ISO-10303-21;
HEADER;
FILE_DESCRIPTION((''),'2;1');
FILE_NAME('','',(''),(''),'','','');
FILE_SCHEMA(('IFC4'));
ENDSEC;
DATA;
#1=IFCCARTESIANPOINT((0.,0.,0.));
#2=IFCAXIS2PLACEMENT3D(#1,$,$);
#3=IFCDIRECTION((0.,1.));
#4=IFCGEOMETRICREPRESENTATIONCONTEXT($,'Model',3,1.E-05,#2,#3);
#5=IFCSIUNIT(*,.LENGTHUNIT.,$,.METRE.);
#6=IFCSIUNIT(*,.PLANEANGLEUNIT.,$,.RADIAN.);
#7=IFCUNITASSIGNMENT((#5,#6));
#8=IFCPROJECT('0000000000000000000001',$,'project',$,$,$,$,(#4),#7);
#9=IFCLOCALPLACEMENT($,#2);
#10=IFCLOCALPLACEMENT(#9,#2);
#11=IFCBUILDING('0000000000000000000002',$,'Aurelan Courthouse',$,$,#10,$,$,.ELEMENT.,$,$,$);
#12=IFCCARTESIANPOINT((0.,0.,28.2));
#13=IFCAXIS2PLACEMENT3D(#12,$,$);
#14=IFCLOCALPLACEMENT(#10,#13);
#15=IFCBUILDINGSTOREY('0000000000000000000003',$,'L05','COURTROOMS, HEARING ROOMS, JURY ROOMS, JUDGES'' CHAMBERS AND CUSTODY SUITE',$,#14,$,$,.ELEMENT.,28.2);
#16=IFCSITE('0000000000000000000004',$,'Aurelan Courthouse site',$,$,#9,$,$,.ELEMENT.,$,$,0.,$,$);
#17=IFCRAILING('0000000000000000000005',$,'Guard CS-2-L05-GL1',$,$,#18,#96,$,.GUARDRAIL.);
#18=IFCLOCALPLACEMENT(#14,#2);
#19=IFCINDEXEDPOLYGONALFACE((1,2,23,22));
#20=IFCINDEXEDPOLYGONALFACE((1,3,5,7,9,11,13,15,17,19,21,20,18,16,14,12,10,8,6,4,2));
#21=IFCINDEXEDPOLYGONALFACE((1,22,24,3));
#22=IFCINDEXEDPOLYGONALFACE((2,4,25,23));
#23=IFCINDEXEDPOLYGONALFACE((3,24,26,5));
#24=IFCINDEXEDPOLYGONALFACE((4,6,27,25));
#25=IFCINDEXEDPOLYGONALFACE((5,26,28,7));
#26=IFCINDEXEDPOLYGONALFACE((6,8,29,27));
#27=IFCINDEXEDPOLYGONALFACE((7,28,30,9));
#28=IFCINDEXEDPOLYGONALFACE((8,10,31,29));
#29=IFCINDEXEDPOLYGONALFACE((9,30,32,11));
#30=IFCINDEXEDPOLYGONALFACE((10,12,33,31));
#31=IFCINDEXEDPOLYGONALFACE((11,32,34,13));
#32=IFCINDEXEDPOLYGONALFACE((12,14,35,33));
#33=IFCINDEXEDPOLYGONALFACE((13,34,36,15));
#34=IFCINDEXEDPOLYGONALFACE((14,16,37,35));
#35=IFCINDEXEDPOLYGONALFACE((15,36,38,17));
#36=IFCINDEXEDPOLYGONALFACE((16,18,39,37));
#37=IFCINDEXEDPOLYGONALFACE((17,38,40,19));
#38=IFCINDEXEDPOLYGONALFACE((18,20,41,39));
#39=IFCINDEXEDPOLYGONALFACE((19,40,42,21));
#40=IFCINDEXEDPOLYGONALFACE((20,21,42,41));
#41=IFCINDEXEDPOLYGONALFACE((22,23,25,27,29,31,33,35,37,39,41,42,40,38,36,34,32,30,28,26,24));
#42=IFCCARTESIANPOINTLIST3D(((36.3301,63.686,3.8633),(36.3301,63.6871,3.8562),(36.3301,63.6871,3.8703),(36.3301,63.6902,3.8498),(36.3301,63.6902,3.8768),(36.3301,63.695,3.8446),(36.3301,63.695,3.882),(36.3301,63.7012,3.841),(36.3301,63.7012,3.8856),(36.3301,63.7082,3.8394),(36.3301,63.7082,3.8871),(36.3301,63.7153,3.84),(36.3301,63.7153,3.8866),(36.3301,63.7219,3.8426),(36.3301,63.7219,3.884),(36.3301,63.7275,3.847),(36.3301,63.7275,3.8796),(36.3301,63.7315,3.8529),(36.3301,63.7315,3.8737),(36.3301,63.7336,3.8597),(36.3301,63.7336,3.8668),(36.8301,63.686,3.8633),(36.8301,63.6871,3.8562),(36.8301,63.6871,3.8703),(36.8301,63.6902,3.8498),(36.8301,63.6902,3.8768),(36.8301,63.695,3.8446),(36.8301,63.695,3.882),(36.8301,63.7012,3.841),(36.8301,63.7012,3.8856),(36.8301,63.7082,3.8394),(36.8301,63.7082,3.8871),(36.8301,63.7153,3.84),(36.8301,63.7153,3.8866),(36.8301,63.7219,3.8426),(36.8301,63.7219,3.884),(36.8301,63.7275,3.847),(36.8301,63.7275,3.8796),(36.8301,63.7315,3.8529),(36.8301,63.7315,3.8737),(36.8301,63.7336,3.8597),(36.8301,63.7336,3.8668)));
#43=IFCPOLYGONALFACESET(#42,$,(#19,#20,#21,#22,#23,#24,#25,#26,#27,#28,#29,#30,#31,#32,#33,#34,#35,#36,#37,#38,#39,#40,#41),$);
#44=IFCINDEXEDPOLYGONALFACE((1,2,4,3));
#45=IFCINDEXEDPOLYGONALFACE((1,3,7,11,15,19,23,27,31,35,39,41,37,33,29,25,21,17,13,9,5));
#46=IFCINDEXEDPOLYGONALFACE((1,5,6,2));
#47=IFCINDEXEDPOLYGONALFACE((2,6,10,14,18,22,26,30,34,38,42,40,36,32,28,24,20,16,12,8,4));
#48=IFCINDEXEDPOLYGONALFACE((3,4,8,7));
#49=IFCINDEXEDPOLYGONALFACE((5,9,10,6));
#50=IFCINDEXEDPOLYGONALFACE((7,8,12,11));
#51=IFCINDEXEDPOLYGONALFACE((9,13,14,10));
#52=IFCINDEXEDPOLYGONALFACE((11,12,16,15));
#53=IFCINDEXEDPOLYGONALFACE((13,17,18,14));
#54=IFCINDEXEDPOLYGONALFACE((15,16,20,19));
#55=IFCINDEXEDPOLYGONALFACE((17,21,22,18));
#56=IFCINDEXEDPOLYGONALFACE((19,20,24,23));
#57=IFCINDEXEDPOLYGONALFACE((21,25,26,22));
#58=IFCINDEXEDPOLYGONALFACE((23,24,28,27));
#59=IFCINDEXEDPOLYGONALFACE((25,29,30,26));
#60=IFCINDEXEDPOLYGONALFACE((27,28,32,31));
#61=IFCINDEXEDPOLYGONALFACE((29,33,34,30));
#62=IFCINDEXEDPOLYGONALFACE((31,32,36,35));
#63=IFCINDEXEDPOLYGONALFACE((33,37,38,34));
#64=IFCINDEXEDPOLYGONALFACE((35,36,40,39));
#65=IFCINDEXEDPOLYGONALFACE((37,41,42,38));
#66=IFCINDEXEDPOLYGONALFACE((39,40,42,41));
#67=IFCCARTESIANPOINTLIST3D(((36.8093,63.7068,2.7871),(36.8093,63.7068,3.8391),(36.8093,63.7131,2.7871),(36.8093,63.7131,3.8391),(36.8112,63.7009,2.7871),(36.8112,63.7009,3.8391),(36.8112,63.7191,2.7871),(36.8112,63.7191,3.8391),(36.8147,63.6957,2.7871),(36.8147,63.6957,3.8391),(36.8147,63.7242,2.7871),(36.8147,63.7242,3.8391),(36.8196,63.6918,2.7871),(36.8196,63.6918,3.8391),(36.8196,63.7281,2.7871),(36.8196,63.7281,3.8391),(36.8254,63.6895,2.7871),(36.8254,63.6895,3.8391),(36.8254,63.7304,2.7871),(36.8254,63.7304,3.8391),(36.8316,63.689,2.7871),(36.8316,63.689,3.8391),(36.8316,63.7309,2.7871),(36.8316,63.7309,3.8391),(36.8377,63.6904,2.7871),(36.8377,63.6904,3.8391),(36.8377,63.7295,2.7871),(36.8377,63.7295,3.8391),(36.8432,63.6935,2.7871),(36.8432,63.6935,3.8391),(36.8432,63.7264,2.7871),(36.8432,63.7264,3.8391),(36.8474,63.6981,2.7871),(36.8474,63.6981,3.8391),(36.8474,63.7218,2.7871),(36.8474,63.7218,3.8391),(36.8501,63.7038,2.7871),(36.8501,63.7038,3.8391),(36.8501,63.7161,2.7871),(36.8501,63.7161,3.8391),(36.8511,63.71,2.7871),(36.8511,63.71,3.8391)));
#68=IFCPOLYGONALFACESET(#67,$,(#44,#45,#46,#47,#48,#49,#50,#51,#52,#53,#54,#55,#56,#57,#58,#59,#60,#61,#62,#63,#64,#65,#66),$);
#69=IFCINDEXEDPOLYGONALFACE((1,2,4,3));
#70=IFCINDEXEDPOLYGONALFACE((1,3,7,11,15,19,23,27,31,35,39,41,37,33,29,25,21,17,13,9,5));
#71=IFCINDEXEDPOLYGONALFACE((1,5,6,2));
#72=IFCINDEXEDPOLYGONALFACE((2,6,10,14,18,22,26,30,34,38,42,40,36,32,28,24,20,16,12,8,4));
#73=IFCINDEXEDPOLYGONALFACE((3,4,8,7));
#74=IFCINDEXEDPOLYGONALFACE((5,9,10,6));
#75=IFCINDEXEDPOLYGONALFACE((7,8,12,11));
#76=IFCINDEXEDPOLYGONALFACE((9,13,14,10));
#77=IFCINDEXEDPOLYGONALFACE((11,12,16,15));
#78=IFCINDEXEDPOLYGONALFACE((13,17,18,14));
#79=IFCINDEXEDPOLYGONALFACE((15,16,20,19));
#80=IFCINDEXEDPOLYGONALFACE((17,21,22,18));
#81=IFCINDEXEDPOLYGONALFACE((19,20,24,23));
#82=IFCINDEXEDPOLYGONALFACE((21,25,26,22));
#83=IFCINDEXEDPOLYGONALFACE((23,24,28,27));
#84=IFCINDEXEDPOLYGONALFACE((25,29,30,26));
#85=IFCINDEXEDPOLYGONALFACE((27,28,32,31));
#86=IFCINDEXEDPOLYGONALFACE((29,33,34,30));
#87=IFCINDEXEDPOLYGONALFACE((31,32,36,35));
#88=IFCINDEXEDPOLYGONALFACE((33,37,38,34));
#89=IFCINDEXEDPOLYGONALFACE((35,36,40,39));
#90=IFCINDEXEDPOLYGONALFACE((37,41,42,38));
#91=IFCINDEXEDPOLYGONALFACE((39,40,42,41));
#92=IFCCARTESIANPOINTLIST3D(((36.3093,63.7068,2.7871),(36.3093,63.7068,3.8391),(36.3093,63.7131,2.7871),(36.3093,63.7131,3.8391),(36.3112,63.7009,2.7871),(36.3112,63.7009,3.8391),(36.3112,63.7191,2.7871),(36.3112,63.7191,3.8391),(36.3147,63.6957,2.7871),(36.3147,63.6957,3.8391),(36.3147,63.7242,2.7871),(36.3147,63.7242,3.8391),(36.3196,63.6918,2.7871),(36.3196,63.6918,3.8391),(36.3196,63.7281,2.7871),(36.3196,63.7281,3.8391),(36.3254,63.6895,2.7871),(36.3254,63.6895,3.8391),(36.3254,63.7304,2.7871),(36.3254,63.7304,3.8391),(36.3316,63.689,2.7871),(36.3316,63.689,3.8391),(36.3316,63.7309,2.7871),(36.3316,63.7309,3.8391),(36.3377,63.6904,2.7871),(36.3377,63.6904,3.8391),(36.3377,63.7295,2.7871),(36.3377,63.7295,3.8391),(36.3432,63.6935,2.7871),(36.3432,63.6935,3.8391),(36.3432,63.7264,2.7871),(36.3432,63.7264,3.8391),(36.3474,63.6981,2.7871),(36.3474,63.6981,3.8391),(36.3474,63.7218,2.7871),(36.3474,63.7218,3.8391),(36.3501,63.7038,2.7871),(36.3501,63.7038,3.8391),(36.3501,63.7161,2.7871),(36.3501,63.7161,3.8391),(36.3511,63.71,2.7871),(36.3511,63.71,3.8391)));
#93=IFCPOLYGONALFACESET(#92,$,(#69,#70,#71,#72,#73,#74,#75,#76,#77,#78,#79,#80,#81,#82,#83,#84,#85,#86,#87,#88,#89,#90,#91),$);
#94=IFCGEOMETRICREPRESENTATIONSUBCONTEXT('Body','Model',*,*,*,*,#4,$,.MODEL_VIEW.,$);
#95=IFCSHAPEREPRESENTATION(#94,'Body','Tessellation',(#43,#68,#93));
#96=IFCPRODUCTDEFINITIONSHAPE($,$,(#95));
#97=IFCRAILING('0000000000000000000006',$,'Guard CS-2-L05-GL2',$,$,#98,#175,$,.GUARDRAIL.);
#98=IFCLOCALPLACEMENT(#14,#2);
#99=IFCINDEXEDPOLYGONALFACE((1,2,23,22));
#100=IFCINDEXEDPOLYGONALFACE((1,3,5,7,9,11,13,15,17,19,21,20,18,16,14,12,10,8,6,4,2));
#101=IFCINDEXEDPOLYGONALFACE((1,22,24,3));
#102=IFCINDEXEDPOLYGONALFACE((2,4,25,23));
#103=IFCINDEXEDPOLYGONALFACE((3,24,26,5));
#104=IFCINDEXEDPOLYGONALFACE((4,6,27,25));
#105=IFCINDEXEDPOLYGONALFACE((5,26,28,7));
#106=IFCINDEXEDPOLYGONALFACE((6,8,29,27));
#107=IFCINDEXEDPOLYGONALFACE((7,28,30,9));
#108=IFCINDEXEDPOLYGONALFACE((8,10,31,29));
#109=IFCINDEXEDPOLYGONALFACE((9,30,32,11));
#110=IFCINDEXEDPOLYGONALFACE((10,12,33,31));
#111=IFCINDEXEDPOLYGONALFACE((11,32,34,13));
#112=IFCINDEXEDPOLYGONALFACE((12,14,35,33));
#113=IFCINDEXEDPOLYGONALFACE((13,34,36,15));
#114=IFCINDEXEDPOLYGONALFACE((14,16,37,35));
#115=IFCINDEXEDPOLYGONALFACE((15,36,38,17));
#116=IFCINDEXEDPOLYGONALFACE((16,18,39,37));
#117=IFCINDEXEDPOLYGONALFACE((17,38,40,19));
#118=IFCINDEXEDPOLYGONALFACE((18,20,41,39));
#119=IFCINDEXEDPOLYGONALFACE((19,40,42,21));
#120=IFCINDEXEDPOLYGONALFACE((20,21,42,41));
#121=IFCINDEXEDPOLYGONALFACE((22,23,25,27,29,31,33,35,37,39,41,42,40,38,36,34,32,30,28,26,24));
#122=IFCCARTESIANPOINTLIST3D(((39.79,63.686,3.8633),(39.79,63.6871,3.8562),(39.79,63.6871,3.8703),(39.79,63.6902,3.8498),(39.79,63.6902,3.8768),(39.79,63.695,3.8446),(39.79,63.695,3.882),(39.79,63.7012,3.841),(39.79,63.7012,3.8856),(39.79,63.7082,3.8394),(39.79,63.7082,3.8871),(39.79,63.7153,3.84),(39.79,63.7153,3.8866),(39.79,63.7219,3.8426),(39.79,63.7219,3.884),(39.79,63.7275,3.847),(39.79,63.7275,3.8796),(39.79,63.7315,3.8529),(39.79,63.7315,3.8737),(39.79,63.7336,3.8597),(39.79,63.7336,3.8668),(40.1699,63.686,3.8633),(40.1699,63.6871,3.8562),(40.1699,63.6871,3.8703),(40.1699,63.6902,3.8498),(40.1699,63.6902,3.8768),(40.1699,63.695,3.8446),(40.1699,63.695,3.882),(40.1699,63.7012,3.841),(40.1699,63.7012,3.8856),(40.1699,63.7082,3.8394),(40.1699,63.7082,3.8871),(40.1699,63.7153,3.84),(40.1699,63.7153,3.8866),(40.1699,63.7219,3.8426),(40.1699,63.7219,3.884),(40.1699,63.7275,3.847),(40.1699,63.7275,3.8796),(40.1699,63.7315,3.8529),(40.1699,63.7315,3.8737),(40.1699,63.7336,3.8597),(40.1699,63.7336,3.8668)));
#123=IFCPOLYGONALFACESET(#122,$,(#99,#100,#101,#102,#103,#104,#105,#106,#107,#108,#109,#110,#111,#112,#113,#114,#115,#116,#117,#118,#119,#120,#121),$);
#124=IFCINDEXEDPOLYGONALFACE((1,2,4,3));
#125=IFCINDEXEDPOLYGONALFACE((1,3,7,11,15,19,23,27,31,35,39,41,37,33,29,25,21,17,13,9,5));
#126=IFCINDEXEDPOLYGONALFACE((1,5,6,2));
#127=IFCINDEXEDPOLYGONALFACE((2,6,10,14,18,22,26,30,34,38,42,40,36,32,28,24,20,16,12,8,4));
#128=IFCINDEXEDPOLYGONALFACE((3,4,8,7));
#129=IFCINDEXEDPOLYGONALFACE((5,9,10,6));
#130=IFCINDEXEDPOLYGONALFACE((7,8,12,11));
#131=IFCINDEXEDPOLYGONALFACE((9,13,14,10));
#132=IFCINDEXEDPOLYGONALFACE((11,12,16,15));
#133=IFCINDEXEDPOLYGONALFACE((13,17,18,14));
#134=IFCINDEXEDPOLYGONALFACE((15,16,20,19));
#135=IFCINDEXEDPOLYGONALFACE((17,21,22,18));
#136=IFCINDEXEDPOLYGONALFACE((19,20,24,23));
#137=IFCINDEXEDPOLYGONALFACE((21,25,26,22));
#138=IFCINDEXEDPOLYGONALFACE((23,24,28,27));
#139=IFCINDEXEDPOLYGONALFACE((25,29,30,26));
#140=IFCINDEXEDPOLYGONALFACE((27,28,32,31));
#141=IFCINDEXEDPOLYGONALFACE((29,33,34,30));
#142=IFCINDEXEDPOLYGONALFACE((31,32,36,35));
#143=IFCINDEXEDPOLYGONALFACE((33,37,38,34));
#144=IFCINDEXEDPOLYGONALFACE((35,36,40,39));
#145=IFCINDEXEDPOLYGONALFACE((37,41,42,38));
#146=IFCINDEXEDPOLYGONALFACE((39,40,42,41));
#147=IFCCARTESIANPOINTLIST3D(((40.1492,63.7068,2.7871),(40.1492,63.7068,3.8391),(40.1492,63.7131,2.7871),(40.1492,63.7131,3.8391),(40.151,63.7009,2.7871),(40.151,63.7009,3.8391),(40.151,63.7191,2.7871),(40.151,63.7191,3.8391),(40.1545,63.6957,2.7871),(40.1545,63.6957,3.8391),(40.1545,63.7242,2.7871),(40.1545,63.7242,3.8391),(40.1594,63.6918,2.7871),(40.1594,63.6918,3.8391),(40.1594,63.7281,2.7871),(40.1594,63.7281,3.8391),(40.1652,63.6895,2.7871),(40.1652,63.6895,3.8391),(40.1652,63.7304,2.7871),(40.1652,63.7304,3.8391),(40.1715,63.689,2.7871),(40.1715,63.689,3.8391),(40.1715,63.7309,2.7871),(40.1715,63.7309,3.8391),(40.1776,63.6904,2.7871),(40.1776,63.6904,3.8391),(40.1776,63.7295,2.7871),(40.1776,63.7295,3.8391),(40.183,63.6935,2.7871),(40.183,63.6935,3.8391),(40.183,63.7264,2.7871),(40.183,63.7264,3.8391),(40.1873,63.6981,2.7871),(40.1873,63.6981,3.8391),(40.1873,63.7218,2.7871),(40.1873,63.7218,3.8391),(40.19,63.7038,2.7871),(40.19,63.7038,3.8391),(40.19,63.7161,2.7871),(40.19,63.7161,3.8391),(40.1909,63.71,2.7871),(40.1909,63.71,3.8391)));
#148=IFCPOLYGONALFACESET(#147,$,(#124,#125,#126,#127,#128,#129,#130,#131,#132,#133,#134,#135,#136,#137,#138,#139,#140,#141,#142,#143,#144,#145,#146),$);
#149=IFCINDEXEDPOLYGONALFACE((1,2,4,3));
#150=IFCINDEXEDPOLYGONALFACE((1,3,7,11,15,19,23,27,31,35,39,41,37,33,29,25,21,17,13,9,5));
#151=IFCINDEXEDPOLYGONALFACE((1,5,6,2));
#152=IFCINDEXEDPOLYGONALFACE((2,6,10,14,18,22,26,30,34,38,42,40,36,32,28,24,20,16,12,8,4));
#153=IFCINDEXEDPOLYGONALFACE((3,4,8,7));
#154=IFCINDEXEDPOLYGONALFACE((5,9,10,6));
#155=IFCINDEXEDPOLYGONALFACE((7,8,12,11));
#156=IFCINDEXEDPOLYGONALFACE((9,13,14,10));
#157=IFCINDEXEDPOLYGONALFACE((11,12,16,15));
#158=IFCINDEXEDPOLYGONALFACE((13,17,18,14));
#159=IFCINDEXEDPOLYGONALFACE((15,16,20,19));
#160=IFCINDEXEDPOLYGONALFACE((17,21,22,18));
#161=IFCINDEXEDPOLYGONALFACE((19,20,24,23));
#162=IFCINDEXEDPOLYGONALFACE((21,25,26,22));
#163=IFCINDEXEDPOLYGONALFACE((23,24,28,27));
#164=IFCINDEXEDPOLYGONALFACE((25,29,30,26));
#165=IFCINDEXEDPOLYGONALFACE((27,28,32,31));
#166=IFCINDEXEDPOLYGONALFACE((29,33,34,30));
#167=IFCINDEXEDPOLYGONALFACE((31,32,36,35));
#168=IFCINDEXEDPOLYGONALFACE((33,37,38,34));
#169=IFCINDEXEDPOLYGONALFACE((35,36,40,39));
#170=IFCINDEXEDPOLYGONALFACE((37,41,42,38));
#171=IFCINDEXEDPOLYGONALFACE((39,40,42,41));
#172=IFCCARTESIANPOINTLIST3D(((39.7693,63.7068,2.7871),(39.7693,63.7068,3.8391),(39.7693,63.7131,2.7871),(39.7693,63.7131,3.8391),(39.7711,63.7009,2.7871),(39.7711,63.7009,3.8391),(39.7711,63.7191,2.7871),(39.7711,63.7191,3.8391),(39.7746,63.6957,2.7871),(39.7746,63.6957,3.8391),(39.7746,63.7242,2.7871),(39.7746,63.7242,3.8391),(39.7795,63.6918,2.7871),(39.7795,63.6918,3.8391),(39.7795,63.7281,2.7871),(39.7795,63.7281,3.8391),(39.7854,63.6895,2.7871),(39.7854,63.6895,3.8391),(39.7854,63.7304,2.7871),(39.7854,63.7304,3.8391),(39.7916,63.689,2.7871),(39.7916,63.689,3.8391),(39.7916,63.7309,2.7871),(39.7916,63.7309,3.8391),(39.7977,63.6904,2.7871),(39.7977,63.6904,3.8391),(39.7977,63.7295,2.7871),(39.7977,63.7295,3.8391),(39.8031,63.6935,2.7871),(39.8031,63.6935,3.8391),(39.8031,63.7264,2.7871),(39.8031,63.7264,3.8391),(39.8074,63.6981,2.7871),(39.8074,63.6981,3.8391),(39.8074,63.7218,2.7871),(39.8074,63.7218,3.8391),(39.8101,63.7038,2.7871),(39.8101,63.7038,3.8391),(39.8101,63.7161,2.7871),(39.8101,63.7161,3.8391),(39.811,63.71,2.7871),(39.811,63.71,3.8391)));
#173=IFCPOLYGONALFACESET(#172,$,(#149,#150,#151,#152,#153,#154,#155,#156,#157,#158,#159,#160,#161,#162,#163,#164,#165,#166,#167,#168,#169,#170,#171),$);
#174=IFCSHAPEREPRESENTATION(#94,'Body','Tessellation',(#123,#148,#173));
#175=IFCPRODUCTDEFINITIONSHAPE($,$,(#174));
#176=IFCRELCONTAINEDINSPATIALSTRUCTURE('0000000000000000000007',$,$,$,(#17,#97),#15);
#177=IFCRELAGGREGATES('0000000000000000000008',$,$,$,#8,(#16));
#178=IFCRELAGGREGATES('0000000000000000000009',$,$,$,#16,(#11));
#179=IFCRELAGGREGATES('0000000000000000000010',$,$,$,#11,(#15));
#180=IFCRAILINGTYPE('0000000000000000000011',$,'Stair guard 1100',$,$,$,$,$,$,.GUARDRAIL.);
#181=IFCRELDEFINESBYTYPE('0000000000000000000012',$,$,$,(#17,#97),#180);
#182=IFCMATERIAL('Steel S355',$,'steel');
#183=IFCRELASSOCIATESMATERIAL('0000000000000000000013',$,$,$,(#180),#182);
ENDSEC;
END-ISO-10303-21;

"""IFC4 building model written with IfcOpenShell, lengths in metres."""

from ifc_helpers import new_model, si_unit, direction, frame, origin, origin_2d, place, context, subcontext, project, spatial, circle, extrude, material, type_object, element, save


model = new_model("IFC4")

# Units and contexts
model_context = context("Model", 3, precision=1e-05, world=origin(), true_north=direction((0.0, 1.0)))
body_context = subcontext(model_context, "Body", "Model", "MODEL_VIEW")
ifc_project = project(units=[si_unit("LENGTHUNIT", "METRE"), si_unit("PLANEANGLEUNIT", "RADIAN")], contexts=[model_context])

# Site, building, storey
site_placement = place(None, origin())
site = spatial("IfcSite", under=ifc_project, at=site_placement, Name="Aurelan Courthouse site", CompositionType="ELEMENT", RefElevation=0.0)
building_placement = place(site_placement, origin())
building = spatial("IfcBuilding", under=site, at=building_placement, Name="Aurelan Courthouse", CompositionType="ELEMENT")
storey_placement = place(building_placement, frame((0.0, 0.0, 28.2)))
storey = spatial("IfcBuildingStorey", under=building, at=storey_placement, Name="L05", Description="COURTROOMS, HEARING ROOMS, JURY ROOMS, JUDGES' CHAMBERS AND CUSTODY SUITE", CompositionType="ELEMENT", Elevation=28.2)

# Railings
ifc_material_1 = material(Name="Steel S355", Category="steel")
railing_type_1 = type_object("IfcRailingType", Name="Stair guard 1100", PredefinedType="GUARDRAIL", material=ifc_material_1)
railing_1_placement = place(storey_placement, frame((36.8301, 63.71, 2.7871)))
element("IfcRailing", 1, at=railing_1_placement, inside=storey, type_object=railing_type_1, Name="Guard CS-2-L05-GL1", PredefinedType="GUARDRAIL", context=body_context, shape_type="SweptSolid", body=[
    extrude(circle(Radius=0.0239, at=origin_2d()), frame((0.0, 0.0, 1.0762), z_axis=(-1.0, 0.0, 0.0), x_axis=(0.0, -1.0, 0.0)), (0.0, 0.0, 1.0), 0.5),
    extrude(circle(Radius=0.021, at=origin_2d()), origin(), (0.0, 0.0, 1.0), 1.052),
    extrude(circle(Radius=0.021, at=origin_2d()), frame((-0.5, 0.0, 0.0)), (0.0, 0.0, 1.0), 1.052),
])
railing_2_placement = place(storey_placement, frame((40.1699, 63.71, 2.7871)))
element("IfcRailing", 2, at=railing_2_placement, inside=storey, type_object=railing_type_1, Name="Guard CS-2-L05-GL2", PredefinedType="GUARDRAIL", context=body_context, shape_type="SweptSolid", body=[
    extrude(circle(Radius=0.0239, at=origin_2d()), frame((0.0, 0.0, 1.0762), z_axis=(-1.0, 0.0, 0.0), x_axis=(0.0, -1.0, 0.0)), (0.0, 0.0, 1.0), 0.3799),
    extrude(circle(Radius=0.021, at=origin_2d()), origin(), (0.0, 0.0, 1.0), 1.052),
    extrude(circle(Radius=0.021, at=origin_2d()), frame((-0.3799, 0.0, 0.0)), (0.0, 0.0, 1.0), 1.052),
])

save(model, "model.ifc")
